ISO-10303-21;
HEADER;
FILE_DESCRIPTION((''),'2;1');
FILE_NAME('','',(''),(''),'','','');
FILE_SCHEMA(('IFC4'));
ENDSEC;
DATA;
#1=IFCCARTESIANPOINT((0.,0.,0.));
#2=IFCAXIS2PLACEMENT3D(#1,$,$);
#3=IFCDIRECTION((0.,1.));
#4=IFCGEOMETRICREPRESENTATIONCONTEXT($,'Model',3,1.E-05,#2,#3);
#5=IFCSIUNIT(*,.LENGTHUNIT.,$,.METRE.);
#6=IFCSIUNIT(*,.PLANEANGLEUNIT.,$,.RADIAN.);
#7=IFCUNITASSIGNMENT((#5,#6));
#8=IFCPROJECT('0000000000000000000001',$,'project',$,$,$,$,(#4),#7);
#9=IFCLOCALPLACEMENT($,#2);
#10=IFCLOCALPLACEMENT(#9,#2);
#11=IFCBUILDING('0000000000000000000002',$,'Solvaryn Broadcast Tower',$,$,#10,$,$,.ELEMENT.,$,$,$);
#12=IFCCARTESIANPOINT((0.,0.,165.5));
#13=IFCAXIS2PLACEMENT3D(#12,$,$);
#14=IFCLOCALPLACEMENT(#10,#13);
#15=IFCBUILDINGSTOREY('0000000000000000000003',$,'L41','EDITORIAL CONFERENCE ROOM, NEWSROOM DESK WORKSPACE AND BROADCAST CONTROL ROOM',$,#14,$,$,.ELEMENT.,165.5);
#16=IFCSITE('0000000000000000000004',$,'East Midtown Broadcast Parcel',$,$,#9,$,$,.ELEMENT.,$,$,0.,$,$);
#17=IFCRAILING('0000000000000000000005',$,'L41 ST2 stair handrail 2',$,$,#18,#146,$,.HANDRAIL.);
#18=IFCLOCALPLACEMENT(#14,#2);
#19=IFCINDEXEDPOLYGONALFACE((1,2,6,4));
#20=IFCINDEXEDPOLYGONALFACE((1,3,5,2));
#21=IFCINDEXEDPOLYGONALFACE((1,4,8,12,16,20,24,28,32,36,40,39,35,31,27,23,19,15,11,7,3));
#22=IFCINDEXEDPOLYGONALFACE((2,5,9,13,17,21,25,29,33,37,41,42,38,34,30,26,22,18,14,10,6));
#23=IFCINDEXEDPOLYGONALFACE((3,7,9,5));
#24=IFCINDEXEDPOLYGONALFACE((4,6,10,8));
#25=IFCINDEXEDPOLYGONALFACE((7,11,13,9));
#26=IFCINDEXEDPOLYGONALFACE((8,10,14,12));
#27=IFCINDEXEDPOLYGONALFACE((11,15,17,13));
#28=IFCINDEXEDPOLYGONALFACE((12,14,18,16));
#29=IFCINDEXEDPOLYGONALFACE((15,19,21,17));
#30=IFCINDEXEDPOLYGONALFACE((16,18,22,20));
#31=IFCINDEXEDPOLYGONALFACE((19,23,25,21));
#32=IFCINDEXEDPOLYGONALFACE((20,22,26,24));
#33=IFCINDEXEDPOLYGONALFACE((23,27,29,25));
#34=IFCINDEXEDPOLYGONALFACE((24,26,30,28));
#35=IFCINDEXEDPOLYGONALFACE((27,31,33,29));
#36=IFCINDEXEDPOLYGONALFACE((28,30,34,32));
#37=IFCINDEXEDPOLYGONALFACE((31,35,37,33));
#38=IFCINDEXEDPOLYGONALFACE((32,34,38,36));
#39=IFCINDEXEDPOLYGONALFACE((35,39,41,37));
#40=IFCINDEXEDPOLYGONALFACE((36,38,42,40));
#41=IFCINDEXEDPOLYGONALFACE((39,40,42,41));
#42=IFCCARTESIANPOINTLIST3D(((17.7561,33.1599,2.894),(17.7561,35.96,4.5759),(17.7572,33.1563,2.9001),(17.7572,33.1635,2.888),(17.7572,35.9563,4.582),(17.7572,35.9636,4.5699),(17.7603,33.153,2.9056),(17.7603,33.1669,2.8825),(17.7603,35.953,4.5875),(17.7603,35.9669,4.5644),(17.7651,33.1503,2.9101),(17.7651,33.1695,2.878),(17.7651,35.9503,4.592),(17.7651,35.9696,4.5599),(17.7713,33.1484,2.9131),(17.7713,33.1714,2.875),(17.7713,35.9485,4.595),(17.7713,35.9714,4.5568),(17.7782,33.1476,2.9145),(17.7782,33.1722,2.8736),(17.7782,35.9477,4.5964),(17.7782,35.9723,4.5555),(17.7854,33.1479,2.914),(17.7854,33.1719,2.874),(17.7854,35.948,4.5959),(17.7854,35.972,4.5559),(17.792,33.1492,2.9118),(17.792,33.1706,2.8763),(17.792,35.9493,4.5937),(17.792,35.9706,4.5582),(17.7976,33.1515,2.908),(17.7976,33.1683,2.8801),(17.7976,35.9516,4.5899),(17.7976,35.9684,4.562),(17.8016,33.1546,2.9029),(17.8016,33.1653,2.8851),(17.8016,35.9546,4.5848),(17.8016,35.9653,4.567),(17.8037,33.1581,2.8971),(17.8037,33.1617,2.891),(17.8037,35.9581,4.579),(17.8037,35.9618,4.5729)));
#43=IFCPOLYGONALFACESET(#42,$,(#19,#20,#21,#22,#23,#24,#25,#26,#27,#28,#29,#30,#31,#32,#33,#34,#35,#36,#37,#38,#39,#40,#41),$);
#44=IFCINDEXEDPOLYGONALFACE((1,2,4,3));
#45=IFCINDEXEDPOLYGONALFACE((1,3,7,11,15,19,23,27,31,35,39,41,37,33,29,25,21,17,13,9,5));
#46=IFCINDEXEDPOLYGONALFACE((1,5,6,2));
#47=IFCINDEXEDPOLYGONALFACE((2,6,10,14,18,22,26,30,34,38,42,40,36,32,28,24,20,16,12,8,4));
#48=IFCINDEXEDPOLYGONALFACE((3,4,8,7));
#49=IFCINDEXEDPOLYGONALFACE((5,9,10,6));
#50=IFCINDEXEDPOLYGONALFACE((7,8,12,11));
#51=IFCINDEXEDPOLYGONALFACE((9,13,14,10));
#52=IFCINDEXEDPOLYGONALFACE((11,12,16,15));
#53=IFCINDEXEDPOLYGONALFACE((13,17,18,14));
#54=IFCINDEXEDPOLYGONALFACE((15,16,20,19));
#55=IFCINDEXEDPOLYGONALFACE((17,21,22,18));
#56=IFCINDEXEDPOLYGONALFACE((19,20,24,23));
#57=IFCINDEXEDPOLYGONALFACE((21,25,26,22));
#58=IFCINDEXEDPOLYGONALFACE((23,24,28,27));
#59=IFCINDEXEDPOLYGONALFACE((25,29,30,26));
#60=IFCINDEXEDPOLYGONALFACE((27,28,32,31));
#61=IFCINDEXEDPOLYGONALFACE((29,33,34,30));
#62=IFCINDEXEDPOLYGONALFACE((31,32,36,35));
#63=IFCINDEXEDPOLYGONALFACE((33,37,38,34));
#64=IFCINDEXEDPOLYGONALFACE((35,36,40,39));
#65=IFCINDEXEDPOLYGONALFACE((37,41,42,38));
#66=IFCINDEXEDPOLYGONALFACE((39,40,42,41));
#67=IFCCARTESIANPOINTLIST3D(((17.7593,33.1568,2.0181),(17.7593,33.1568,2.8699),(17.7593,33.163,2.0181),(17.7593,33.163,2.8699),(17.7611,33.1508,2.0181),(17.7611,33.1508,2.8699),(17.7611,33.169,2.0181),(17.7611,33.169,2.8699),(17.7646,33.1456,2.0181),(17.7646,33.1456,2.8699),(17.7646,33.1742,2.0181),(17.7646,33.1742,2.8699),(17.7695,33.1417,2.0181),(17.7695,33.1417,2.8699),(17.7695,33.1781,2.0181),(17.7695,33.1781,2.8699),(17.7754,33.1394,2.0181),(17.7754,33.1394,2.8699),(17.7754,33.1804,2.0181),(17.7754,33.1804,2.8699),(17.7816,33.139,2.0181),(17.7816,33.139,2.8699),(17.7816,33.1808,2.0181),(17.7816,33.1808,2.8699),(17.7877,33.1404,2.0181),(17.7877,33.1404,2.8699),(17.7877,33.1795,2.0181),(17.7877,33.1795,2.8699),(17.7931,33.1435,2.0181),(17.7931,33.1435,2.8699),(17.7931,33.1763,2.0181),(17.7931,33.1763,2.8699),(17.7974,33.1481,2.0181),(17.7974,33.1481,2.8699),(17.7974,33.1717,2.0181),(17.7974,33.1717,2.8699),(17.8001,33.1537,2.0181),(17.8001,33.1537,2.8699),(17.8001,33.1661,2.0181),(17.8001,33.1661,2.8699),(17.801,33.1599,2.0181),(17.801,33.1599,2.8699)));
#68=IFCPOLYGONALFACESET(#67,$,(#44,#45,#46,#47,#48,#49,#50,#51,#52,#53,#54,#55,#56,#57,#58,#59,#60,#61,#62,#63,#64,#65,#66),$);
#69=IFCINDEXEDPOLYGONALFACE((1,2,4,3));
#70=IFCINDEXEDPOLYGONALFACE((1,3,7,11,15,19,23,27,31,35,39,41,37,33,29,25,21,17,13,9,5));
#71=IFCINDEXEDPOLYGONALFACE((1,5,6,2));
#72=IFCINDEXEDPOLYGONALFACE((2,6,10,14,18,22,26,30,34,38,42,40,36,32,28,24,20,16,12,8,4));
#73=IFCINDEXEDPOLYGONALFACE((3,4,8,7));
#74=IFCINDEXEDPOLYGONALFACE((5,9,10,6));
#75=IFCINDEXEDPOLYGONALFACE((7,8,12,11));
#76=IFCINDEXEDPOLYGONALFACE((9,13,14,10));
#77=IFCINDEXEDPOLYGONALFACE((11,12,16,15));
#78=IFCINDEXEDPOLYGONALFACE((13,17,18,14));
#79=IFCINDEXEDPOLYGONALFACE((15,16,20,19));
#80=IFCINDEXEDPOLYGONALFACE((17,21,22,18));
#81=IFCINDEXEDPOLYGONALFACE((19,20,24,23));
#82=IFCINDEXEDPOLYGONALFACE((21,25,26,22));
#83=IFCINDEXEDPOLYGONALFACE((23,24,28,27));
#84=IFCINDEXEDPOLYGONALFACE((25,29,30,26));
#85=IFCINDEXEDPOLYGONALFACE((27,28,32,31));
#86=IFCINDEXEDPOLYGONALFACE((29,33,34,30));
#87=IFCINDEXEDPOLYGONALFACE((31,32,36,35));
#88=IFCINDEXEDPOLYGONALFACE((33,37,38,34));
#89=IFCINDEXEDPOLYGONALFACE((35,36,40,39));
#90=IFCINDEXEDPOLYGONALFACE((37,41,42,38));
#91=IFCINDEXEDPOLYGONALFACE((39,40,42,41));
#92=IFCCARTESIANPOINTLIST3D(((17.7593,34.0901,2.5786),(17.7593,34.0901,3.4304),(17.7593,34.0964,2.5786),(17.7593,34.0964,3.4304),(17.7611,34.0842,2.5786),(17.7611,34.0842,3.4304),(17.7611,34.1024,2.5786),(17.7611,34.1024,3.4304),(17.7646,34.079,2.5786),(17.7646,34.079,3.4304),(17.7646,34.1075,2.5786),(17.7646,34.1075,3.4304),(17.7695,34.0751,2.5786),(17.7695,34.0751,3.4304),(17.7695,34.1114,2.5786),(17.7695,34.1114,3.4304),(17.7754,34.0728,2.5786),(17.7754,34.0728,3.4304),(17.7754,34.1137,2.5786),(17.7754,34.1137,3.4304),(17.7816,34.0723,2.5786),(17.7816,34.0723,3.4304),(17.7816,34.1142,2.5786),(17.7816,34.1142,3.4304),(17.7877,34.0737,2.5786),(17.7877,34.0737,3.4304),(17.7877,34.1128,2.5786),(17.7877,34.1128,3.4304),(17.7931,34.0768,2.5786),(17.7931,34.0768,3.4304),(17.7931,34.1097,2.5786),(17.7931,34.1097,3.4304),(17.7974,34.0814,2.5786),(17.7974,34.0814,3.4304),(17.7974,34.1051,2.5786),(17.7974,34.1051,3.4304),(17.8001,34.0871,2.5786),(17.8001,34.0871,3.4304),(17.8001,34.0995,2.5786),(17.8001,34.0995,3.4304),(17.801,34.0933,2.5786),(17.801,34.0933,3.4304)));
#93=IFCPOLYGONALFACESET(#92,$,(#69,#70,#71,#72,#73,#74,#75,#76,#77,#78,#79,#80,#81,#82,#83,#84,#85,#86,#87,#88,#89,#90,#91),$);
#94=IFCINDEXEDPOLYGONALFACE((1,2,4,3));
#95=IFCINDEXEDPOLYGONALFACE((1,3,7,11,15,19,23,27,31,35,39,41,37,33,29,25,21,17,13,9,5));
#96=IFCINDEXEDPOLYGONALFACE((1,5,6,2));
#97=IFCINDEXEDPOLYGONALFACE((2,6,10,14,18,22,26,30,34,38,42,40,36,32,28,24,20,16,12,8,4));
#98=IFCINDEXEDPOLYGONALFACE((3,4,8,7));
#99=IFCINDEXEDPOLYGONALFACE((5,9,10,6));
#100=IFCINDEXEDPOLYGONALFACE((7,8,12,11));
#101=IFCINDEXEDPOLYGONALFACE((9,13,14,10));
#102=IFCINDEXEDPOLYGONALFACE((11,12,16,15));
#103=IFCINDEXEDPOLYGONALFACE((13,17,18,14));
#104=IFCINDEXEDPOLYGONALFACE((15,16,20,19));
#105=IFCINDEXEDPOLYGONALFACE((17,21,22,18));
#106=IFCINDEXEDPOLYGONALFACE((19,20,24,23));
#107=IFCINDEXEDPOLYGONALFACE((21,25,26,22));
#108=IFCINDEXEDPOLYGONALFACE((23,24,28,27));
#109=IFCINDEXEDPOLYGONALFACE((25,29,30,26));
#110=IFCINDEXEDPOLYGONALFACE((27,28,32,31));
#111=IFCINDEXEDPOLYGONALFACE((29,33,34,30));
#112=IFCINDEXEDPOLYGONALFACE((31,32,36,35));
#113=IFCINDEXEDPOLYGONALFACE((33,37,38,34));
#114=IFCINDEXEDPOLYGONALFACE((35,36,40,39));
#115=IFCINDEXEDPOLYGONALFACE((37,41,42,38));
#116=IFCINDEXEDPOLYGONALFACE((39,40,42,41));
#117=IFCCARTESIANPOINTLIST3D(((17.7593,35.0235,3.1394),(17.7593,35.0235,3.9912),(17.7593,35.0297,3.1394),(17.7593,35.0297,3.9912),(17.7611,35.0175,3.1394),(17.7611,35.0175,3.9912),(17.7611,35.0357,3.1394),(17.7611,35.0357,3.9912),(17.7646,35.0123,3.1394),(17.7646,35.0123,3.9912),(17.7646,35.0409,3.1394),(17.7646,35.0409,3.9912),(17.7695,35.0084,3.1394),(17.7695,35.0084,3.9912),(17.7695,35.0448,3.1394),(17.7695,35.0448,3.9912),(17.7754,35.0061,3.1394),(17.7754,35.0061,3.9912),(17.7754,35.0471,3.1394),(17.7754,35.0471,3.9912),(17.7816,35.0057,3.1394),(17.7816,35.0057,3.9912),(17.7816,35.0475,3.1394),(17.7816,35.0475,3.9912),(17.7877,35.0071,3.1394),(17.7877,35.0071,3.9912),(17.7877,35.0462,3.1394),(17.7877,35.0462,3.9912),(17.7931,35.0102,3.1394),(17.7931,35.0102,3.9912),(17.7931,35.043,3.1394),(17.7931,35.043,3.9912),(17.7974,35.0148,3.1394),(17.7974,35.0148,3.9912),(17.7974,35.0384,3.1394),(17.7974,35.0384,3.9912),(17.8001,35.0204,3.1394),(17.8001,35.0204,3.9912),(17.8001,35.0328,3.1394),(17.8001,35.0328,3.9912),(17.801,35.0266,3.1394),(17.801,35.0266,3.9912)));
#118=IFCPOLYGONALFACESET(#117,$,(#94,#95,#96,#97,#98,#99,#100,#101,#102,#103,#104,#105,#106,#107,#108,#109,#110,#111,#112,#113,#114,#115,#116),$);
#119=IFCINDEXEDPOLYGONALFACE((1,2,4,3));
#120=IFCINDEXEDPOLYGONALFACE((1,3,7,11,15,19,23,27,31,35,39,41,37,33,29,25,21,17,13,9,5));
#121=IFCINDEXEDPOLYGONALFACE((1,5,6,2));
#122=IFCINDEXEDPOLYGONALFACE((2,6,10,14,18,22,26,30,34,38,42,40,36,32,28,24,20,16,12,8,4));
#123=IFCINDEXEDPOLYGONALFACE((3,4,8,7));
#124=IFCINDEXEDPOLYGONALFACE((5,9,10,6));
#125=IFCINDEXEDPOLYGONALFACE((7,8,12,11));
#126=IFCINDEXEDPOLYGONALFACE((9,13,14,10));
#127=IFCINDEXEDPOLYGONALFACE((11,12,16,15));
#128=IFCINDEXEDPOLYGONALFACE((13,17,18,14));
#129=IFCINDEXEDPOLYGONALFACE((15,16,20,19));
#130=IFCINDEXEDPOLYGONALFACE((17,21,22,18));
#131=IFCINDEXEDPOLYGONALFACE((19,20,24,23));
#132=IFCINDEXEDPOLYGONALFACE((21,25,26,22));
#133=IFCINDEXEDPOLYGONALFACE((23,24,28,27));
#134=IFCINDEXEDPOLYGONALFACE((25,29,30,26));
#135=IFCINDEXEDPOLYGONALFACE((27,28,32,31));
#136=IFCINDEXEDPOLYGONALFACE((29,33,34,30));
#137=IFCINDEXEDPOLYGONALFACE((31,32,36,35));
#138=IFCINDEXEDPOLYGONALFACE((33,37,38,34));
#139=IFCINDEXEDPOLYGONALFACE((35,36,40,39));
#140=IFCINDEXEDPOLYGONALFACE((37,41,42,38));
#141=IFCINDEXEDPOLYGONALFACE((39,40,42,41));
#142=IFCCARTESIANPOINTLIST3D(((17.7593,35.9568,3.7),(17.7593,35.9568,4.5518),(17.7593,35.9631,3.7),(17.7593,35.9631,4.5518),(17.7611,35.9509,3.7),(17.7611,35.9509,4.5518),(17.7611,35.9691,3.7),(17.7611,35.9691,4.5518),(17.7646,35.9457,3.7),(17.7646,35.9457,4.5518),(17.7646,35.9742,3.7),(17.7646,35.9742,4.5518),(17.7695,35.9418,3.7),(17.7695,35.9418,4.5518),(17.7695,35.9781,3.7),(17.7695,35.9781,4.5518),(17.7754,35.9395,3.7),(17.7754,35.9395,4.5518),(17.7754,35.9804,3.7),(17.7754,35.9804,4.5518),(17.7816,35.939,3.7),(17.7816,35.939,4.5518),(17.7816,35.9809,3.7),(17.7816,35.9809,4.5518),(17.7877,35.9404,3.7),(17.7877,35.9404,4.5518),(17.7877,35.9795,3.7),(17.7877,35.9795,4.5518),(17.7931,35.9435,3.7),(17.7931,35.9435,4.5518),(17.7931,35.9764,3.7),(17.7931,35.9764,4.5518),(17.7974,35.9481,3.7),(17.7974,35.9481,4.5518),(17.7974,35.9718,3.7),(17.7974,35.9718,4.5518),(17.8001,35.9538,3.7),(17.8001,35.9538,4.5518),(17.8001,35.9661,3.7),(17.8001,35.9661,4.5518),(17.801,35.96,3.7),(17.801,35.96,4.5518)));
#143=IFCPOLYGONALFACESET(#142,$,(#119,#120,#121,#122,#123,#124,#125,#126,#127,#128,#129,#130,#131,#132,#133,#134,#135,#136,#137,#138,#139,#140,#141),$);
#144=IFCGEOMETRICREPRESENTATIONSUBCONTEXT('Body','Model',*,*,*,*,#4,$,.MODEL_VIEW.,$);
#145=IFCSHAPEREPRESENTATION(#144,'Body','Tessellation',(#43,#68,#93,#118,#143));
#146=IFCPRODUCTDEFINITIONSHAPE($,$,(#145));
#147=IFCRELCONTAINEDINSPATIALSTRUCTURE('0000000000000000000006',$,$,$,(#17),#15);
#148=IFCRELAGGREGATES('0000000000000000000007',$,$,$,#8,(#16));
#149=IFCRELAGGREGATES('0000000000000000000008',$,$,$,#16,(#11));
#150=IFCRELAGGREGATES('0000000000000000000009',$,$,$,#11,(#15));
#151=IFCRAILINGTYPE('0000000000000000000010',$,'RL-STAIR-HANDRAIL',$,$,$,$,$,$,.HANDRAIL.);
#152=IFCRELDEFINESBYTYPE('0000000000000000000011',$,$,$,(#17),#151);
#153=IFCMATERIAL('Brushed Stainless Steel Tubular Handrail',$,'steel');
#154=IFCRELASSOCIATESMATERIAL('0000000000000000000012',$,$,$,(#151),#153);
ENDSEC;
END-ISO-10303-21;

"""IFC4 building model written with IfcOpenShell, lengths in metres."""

from ifc_helpers import new_model, si_unit, direction, frame, origin, origin_2d, place, context, subcontext, project, spatial, circle, extrude, material, type_object, element, save


model = new_model("IFC4")

# Units and contexts
model_context = context("Model", 3, precision=1e-05, world=origin(), true_north=direction((0.0, 1.0)))
body_context = subcontext(model_context, "Body", "Model", "MODEL_VIEW")
ifc_project = project(units=[si_unit("LENGTHUNIT", "METRE"), si_unit("PLANEANGLEUNIT", "RADIAN")], contexts=[model_context])

# Site, building, storey
site_placement = place(None, origin())
site = spatial("IfcSite", under=ifc_project, at=site_placement, Name="East Midtown Broadcast Parcel", CompositionType="ELEMENT", RefElevation=0.0)
building_placement = place(site_placement, origin())
building = spatial("IfcBuilding", under=site, at=building_placement, Name="Solvaryn Broadcast Tower", CompositionType="ELEMENT")
storey_placement = place(building_placement, frame((0.0, 0.0, 165.5)))
storey = spatial("IfcBuildingStorey", under=building, at=storey_placement, Name="L41", Description="EDITORIAL CONFERENCE ROOM, NEWSROOM DESK WORKSPACE AND BROADCAST CONTROL ROOM", CompositionType="ELEMENT", Elevation=165.5)

# Railing
ifc_material_1 = material(Name="Brushed Stainless Steel Tubular Handrail", Category="steel")
railing_type_1 = type_object("IfcRailingType", Name="RL-STAIR-HANDRAIL", PredefinedType="HANDRAIL", material=ifc_material_1)
railing_1_placement = place(storey_placement, frame((17.78, 33.1599, 2.0181)))
element("IfcRailing", 1, at=railing_1_placement, inside=storey, type_object=railing_type_1, Name="L41 ST2 stair handrail 2", PredefinedType="HANDRAIL", context=body_context, shape_type="SweptSolid", body=[
    extrude(circle(Radius=0.0239, at=origin_2d()), frame((0.0, 0.0, 0.876), z_axis=(0.0, 0.857242, 0.514913), x_axis=(-1.0, 0.0, 0.0)), (0.0, 0.0, 1.0), 3.2664),
    extrude(circle(Radius=0.021, at=origin_2d()), origin(), (0.0, 0.0, 1.0), 0.8518),
    extrude(circle(Radius=0.021, at=origin_2d()), frame((0.0, 0.9333, 0.5605)), (0.0, 0.0, 1.0), 0.8518),
    extrude(circle(Radius=0.021, at=origin_2d()), frame((0.0, 1.8667, 1.1213)), (0.0, 0.0, 1.0), 0.8518),
    extrude(circle(Radius=0.021, at=origin_2d()), frame((0.0, 2.8, 1.6819)), (0.0, 0.0, 1.0), 0.8518),
])

save(model, "model.ifc")
